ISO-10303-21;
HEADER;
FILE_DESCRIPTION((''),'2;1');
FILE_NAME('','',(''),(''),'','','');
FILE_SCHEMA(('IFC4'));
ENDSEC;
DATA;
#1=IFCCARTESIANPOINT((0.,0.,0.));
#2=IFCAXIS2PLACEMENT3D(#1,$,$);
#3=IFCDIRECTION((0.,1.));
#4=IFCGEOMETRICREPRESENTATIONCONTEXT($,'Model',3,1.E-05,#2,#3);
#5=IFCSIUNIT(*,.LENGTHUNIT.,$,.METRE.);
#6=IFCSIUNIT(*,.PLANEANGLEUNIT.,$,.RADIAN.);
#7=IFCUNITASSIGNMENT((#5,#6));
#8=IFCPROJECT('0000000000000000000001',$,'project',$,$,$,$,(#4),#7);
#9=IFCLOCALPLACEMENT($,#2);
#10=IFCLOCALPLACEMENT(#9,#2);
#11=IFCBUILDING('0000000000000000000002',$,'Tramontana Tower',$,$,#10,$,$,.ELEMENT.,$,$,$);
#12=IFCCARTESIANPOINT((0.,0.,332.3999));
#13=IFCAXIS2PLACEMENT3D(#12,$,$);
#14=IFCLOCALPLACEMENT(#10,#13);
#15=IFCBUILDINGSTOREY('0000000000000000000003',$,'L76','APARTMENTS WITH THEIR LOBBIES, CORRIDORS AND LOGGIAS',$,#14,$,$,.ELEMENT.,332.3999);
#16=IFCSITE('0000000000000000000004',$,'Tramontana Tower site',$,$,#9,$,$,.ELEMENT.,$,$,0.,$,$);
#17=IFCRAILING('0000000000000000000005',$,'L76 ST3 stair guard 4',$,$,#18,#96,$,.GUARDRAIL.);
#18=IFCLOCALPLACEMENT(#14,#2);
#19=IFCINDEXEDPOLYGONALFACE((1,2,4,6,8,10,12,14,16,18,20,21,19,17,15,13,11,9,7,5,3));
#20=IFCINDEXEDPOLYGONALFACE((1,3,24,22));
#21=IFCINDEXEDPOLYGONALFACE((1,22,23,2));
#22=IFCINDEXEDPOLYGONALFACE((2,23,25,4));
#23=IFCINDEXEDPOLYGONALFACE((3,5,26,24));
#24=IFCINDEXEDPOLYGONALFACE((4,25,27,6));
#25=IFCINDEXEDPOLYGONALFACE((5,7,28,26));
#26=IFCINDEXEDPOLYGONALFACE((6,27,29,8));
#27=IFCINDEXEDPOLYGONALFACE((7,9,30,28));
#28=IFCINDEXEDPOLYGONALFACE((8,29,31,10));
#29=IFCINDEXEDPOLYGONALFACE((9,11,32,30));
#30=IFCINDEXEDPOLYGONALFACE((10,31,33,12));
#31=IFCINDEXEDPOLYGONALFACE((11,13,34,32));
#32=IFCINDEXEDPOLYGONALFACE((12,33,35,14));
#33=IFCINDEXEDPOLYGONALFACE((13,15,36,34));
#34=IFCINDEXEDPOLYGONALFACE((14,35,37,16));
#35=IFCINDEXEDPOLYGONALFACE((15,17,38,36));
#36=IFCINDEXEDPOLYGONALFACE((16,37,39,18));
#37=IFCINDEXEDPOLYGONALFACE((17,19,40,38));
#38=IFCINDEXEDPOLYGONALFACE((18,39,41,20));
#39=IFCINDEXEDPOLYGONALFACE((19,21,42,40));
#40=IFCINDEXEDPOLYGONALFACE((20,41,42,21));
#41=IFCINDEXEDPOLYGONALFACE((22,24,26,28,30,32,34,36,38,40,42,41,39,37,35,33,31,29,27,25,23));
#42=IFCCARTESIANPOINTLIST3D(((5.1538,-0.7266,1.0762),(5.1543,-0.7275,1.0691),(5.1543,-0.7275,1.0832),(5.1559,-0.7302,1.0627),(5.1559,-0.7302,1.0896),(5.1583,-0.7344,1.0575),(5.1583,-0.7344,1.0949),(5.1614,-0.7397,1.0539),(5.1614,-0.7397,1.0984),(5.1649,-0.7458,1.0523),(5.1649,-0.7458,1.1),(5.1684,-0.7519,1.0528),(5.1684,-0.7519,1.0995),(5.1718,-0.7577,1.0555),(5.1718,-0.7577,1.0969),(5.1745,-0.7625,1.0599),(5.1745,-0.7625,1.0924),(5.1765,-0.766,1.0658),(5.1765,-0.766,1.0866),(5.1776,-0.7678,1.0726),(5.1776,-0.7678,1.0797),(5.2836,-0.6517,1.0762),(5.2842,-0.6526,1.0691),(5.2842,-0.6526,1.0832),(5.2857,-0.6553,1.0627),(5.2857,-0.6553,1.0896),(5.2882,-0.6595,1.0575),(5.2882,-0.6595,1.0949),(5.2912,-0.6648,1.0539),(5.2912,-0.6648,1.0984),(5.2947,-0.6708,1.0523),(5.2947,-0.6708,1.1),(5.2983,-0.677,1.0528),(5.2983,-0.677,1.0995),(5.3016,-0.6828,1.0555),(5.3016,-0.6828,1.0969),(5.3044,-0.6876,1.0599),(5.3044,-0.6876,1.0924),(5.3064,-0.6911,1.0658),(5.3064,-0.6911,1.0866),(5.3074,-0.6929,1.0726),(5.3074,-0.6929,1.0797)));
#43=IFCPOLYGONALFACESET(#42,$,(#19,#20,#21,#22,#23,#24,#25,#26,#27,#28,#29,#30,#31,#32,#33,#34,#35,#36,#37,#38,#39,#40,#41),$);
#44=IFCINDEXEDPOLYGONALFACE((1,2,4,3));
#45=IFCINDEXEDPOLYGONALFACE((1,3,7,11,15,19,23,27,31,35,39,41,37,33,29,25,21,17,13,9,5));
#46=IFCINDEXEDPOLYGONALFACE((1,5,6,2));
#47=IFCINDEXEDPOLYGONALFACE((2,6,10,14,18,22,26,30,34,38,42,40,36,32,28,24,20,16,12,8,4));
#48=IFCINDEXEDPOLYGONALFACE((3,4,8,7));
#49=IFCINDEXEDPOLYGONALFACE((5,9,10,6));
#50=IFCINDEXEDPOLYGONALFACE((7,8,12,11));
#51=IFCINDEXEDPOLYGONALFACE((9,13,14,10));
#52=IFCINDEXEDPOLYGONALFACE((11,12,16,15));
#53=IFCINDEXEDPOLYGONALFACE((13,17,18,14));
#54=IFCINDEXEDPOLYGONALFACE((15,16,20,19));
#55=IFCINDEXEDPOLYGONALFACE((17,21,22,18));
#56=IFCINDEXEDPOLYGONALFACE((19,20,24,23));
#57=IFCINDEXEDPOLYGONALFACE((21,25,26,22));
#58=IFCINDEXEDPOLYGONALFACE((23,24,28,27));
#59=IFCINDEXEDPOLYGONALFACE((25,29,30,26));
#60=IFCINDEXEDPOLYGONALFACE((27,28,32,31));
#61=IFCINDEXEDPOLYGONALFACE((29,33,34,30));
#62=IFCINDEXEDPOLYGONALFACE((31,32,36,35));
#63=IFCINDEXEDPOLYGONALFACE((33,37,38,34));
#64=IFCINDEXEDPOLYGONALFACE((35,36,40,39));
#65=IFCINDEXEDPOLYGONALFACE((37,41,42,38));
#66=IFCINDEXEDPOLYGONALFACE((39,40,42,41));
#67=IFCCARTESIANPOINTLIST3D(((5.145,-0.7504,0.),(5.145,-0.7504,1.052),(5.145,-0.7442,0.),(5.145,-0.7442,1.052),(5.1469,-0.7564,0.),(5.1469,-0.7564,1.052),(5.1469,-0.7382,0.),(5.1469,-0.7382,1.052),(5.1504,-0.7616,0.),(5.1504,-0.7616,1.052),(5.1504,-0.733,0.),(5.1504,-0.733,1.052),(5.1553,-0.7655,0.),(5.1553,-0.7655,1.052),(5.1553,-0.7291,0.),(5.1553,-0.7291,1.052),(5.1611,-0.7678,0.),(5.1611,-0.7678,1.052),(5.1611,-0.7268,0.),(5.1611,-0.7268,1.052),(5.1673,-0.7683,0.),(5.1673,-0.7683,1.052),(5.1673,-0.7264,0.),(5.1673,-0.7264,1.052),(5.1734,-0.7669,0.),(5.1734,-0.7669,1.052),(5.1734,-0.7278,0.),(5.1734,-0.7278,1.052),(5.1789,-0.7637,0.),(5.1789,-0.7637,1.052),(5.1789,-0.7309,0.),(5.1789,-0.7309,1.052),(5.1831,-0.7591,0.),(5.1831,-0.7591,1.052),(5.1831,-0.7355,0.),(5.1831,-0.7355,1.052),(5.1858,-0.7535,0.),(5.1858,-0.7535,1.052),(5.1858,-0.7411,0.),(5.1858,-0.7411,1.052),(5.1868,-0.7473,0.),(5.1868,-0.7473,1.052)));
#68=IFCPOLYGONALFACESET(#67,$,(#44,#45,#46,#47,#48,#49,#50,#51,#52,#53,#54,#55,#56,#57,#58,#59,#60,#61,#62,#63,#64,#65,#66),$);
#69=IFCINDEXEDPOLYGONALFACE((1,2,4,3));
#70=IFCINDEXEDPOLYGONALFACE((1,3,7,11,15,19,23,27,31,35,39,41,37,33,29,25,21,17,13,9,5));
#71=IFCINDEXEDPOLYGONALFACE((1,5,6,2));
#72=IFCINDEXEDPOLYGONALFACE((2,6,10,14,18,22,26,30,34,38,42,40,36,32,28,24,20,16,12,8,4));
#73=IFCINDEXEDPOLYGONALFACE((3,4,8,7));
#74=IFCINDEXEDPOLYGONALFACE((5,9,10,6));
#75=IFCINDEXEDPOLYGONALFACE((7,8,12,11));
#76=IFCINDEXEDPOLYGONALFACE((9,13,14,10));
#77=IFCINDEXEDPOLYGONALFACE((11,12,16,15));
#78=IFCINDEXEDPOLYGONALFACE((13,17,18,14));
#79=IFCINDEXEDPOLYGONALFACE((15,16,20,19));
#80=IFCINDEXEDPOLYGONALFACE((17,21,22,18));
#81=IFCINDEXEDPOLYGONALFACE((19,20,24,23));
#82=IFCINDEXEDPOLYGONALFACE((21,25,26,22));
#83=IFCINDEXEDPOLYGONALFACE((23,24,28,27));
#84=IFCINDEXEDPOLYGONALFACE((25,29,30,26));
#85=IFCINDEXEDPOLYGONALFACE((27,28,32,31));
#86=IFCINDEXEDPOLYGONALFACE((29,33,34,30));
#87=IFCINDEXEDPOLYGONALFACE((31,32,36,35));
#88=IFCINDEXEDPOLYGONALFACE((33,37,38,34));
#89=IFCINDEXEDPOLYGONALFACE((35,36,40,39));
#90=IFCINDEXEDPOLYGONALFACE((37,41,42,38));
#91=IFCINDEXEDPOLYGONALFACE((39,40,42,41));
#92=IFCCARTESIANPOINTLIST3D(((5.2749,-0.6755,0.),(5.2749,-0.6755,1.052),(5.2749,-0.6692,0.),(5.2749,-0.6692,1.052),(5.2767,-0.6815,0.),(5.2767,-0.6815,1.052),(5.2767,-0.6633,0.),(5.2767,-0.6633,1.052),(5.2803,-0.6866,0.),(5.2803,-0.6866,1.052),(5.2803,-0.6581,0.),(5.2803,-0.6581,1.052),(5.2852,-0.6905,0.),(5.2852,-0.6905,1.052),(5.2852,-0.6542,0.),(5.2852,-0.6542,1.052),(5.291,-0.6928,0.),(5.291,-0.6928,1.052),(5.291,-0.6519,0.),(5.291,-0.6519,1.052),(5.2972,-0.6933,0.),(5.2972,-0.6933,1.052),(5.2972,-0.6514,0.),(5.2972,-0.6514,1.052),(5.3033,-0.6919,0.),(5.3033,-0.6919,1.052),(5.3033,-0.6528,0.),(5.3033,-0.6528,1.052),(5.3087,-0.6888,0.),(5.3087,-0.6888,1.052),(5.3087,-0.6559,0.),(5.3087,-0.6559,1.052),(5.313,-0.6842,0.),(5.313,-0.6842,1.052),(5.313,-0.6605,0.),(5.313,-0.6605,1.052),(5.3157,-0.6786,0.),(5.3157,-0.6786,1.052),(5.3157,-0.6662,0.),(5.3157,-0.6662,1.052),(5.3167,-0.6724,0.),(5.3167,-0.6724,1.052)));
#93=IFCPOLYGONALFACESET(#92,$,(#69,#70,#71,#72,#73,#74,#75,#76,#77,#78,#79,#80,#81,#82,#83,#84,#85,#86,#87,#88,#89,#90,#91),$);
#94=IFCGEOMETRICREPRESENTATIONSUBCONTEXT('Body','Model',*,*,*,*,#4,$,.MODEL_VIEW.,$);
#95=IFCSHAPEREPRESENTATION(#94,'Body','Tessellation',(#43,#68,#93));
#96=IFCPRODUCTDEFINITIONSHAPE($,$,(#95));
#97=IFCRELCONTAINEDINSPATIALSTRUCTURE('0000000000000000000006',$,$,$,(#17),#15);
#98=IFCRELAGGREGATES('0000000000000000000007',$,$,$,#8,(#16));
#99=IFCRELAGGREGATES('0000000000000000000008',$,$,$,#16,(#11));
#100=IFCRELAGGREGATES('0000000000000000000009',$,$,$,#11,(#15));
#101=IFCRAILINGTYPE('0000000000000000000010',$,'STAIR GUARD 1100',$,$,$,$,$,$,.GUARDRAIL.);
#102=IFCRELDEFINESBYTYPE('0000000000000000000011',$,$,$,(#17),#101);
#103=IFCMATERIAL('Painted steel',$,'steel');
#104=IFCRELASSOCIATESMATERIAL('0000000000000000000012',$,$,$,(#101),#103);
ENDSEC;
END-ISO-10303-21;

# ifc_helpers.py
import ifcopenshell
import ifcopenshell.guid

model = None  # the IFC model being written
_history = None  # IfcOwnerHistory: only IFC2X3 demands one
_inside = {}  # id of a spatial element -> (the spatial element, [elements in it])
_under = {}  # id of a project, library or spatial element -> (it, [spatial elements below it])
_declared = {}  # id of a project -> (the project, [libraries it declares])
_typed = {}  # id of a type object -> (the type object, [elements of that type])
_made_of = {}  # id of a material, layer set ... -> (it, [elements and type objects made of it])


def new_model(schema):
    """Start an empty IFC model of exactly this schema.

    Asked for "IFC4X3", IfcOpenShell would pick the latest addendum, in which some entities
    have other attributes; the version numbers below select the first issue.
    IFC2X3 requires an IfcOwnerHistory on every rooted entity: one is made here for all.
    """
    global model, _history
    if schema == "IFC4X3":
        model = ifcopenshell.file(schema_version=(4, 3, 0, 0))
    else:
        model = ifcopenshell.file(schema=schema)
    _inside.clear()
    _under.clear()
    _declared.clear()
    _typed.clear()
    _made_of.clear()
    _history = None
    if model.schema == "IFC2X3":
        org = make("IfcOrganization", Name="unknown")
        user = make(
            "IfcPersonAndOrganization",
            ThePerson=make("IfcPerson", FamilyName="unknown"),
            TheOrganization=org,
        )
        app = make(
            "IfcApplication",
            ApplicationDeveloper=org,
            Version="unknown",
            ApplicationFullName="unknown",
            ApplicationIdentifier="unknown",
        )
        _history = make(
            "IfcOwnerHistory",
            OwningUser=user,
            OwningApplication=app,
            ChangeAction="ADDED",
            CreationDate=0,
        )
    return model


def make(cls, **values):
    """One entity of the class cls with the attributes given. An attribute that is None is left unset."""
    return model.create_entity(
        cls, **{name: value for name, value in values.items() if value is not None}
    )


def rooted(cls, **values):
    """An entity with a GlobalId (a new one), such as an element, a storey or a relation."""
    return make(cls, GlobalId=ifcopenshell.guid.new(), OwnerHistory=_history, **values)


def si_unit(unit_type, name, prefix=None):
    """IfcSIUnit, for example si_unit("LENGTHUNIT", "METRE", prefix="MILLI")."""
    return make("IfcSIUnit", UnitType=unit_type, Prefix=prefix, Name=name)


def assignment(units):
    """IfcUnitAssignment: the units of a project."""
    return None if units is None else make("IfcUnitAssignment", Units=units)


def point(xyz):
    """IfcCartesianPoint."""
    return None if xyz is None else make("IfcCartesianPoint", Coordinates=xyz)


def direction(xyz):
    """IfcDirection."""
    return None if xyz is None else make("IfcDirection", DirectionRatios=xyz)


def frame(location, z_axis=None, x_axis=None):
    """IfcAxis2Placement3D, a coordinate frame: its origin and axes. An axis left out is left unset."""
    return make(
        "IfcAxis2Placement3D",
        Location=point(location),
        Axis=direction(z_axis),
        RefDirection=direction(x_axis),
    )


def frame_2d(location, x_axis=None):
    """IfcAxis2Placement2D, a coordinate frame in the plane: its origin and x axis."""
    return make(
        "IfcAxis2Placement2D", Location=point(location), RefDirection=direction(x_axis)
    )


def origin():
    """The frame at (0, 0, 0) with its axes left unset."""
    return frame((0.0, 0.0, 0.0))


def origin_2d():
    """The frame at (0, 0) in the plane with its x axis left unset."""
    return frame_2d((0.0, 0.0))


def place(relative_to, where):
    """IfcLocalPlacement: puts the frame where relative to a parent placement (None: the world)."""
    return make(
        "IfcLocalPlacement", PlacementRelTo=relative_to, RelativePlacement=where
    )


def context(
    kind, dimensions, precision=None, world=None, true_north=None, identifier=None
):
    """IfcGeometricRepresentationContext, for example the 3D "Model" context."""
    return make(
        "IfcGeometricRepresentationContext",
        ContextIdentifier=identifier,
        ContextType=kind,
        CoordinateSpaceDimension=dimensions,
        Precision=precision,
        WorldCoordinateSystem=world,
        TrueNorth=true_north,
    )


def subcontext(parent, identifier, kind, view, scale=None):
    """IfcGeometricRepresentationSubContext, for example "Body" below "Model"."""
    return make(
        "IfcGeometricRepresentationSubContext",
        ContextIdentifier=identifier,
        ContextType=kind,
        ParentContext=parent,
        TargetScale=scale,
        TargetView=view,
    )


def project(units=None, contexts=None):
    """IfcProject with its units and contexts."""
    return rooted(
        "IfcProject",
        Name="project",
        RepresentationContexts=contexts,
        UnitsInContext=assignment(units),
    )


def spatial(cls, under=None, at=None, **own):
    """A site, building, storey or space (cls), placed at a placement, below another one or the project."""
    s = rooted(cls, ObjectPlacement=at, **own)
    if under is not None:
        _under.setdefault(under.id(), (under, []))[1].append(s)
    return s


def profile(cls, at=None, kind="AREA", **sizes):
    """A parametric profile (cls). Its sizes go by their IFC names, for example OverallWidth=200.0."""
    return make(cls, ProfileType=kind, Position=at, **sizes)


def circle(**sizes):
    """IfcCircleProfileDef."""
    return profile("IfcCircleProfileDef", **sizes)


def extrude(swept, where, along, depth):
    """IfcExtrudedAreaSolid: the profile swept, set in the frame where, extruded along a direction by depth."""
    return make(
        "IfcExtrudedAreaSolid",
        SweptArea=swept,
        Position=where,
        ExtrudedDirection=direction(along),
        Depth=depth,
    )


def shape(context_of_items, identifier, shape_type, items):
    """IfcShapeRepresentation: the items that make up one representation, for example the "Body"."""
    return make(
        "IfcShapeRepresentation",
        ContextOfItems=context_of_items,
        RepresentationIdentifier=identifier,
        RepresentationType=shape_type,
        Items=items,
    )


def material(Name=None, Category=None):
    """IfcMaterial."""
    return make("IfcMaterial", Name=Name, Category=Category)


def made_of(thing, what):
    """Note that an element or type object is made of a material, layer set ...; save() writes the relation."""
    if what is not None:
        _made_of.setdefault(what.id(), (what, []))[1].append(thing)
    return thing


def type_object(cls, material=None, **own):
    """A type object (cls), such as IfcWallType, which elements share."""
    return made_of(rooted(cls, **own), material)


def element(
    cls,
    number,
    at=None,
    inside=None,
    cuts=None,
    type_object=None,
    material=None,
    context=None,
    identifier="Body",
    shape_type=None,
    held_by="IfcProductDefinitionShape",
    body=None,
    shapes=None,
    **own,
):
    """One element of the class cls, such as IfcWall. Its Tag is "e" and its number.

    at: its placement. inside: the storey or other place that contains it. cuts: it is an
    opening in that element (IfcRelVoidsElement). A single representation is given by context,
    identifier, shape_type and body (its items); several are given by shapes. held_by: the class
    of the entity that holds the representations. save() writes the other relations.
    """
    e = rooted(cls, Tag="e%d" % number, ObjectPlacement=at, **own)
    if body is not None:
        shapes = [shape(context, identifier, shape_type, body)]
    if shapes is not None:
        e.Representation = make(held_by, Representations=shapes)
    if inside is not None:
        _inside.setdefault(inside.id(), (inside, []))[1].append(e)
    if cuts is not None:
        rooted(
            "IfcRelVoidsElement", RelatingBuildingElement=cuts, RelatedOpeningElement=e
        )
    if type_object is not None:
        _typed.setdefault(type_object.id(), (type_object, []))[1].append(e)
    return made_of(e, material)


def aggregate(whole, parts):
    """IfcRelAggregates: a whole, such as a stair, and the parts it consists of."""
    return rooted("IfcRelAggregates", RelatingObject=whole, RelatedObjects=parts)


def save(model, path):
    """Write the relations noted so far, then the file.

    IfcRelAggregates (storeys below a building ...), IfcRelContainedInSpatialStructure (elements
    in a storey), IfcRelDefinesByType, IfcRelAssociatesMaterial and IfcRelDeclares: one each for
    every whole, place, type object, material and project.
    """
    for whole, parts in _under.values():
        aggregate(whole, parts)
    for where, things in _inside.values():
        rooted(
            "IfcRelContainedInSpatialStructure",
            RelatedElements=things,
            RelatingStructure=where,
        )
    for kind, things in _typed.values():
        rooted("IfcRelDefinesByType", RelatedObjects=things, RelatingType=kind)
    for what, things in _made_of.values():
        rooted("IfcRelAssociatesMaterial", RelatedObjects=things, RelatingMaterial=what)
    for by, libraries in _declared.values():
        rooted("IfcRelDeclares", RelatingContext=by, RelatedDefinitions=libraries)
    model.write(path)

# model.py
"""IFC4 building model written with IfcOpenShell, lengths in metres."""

from ifc_helpers import new_model, si_unit, direction, frame, origin, origin_2d, place, context, subcontext, project, spatial, circle, extrude, material, type_object, element, save


model = new_model("IFC4")

# Units and contexts
model_context = context("Model", 3, precision=1e-05, world=origin(), true_north=direction((0.0, 1.0)))
body_context = subcontext(model_context, "Body", "Model", "MODEL_VIEW")
ifc_project = project(units=[si_unit("LENGTHUNIT", "METRE"), si_unit("PLANEANGLEUNIT", "RADIAN")], contexts=[model_context])

# Site, building, storey
site_placement = place(None, origin())
site = spatial("IfcSite", under=ifc_project, at=site_placement, Name="Tramontana Tower site", CompositionType="ELEMENT", RefElevation=0.0)
building_placement = place(site_placement, origin())
building = spatial("IfcBuilding", under=site, at=building_placement, Name="Tramontana Tower", CompositionType="ELEMENT")
storey_placement = place(building_placement, frame((0.0, 0.0, 332.3999)))
storey = spatial("IfcBuildingStorey", under=building, at=storey_placement, Name="L76", Description="APARTMENTS WITH THEIR LOBBIES, CORRIDORS AND LOGGIAS", CompositionType="ELEMENT", Elevation=332.3999)

# Railing
ifc_material_1 = material(Name="Painted steel", Category="steel")
railing_type_1 = type_object("IfcRailingType", Name="STAIR GUARD 1100", PredefinedType="GUARDRAIL", material=ifc_material_1)
railing_1_placement = place(storey_placement, frame((5.1658, -0.7473, 0.0)))
element("IfcRailing", 1, at=railing_1_placement, inside=storey, type_object=railing_type_1, Name="L76 ST3 stair guard 4", PredefinedType="GUARDRAIL", context=body_context, shape_type="SweptSolid", body=[
    extrude(circle(Radius=0.0239, at=origin_2d()), frame((0.0, 0.0, 1.0762), z_axis=(0.866131, 0.499816, 0.0), x_axis=(-0.499816, 0.866131, 0.0)), (0.0, 0.0, 1.0), 0.1499),
    extrude(circle(Radius=0.021, at=origin_2d()), origin(), (0.0, 0.0, 1.0), 1.052),
    extrude(circle(Radius=0.021, at=origin_2d()), frame((0.1299, 0.075, 0.0)), (0.0, 0.0, 1.0), 1.052),
])

save(model, "model.ifc")
